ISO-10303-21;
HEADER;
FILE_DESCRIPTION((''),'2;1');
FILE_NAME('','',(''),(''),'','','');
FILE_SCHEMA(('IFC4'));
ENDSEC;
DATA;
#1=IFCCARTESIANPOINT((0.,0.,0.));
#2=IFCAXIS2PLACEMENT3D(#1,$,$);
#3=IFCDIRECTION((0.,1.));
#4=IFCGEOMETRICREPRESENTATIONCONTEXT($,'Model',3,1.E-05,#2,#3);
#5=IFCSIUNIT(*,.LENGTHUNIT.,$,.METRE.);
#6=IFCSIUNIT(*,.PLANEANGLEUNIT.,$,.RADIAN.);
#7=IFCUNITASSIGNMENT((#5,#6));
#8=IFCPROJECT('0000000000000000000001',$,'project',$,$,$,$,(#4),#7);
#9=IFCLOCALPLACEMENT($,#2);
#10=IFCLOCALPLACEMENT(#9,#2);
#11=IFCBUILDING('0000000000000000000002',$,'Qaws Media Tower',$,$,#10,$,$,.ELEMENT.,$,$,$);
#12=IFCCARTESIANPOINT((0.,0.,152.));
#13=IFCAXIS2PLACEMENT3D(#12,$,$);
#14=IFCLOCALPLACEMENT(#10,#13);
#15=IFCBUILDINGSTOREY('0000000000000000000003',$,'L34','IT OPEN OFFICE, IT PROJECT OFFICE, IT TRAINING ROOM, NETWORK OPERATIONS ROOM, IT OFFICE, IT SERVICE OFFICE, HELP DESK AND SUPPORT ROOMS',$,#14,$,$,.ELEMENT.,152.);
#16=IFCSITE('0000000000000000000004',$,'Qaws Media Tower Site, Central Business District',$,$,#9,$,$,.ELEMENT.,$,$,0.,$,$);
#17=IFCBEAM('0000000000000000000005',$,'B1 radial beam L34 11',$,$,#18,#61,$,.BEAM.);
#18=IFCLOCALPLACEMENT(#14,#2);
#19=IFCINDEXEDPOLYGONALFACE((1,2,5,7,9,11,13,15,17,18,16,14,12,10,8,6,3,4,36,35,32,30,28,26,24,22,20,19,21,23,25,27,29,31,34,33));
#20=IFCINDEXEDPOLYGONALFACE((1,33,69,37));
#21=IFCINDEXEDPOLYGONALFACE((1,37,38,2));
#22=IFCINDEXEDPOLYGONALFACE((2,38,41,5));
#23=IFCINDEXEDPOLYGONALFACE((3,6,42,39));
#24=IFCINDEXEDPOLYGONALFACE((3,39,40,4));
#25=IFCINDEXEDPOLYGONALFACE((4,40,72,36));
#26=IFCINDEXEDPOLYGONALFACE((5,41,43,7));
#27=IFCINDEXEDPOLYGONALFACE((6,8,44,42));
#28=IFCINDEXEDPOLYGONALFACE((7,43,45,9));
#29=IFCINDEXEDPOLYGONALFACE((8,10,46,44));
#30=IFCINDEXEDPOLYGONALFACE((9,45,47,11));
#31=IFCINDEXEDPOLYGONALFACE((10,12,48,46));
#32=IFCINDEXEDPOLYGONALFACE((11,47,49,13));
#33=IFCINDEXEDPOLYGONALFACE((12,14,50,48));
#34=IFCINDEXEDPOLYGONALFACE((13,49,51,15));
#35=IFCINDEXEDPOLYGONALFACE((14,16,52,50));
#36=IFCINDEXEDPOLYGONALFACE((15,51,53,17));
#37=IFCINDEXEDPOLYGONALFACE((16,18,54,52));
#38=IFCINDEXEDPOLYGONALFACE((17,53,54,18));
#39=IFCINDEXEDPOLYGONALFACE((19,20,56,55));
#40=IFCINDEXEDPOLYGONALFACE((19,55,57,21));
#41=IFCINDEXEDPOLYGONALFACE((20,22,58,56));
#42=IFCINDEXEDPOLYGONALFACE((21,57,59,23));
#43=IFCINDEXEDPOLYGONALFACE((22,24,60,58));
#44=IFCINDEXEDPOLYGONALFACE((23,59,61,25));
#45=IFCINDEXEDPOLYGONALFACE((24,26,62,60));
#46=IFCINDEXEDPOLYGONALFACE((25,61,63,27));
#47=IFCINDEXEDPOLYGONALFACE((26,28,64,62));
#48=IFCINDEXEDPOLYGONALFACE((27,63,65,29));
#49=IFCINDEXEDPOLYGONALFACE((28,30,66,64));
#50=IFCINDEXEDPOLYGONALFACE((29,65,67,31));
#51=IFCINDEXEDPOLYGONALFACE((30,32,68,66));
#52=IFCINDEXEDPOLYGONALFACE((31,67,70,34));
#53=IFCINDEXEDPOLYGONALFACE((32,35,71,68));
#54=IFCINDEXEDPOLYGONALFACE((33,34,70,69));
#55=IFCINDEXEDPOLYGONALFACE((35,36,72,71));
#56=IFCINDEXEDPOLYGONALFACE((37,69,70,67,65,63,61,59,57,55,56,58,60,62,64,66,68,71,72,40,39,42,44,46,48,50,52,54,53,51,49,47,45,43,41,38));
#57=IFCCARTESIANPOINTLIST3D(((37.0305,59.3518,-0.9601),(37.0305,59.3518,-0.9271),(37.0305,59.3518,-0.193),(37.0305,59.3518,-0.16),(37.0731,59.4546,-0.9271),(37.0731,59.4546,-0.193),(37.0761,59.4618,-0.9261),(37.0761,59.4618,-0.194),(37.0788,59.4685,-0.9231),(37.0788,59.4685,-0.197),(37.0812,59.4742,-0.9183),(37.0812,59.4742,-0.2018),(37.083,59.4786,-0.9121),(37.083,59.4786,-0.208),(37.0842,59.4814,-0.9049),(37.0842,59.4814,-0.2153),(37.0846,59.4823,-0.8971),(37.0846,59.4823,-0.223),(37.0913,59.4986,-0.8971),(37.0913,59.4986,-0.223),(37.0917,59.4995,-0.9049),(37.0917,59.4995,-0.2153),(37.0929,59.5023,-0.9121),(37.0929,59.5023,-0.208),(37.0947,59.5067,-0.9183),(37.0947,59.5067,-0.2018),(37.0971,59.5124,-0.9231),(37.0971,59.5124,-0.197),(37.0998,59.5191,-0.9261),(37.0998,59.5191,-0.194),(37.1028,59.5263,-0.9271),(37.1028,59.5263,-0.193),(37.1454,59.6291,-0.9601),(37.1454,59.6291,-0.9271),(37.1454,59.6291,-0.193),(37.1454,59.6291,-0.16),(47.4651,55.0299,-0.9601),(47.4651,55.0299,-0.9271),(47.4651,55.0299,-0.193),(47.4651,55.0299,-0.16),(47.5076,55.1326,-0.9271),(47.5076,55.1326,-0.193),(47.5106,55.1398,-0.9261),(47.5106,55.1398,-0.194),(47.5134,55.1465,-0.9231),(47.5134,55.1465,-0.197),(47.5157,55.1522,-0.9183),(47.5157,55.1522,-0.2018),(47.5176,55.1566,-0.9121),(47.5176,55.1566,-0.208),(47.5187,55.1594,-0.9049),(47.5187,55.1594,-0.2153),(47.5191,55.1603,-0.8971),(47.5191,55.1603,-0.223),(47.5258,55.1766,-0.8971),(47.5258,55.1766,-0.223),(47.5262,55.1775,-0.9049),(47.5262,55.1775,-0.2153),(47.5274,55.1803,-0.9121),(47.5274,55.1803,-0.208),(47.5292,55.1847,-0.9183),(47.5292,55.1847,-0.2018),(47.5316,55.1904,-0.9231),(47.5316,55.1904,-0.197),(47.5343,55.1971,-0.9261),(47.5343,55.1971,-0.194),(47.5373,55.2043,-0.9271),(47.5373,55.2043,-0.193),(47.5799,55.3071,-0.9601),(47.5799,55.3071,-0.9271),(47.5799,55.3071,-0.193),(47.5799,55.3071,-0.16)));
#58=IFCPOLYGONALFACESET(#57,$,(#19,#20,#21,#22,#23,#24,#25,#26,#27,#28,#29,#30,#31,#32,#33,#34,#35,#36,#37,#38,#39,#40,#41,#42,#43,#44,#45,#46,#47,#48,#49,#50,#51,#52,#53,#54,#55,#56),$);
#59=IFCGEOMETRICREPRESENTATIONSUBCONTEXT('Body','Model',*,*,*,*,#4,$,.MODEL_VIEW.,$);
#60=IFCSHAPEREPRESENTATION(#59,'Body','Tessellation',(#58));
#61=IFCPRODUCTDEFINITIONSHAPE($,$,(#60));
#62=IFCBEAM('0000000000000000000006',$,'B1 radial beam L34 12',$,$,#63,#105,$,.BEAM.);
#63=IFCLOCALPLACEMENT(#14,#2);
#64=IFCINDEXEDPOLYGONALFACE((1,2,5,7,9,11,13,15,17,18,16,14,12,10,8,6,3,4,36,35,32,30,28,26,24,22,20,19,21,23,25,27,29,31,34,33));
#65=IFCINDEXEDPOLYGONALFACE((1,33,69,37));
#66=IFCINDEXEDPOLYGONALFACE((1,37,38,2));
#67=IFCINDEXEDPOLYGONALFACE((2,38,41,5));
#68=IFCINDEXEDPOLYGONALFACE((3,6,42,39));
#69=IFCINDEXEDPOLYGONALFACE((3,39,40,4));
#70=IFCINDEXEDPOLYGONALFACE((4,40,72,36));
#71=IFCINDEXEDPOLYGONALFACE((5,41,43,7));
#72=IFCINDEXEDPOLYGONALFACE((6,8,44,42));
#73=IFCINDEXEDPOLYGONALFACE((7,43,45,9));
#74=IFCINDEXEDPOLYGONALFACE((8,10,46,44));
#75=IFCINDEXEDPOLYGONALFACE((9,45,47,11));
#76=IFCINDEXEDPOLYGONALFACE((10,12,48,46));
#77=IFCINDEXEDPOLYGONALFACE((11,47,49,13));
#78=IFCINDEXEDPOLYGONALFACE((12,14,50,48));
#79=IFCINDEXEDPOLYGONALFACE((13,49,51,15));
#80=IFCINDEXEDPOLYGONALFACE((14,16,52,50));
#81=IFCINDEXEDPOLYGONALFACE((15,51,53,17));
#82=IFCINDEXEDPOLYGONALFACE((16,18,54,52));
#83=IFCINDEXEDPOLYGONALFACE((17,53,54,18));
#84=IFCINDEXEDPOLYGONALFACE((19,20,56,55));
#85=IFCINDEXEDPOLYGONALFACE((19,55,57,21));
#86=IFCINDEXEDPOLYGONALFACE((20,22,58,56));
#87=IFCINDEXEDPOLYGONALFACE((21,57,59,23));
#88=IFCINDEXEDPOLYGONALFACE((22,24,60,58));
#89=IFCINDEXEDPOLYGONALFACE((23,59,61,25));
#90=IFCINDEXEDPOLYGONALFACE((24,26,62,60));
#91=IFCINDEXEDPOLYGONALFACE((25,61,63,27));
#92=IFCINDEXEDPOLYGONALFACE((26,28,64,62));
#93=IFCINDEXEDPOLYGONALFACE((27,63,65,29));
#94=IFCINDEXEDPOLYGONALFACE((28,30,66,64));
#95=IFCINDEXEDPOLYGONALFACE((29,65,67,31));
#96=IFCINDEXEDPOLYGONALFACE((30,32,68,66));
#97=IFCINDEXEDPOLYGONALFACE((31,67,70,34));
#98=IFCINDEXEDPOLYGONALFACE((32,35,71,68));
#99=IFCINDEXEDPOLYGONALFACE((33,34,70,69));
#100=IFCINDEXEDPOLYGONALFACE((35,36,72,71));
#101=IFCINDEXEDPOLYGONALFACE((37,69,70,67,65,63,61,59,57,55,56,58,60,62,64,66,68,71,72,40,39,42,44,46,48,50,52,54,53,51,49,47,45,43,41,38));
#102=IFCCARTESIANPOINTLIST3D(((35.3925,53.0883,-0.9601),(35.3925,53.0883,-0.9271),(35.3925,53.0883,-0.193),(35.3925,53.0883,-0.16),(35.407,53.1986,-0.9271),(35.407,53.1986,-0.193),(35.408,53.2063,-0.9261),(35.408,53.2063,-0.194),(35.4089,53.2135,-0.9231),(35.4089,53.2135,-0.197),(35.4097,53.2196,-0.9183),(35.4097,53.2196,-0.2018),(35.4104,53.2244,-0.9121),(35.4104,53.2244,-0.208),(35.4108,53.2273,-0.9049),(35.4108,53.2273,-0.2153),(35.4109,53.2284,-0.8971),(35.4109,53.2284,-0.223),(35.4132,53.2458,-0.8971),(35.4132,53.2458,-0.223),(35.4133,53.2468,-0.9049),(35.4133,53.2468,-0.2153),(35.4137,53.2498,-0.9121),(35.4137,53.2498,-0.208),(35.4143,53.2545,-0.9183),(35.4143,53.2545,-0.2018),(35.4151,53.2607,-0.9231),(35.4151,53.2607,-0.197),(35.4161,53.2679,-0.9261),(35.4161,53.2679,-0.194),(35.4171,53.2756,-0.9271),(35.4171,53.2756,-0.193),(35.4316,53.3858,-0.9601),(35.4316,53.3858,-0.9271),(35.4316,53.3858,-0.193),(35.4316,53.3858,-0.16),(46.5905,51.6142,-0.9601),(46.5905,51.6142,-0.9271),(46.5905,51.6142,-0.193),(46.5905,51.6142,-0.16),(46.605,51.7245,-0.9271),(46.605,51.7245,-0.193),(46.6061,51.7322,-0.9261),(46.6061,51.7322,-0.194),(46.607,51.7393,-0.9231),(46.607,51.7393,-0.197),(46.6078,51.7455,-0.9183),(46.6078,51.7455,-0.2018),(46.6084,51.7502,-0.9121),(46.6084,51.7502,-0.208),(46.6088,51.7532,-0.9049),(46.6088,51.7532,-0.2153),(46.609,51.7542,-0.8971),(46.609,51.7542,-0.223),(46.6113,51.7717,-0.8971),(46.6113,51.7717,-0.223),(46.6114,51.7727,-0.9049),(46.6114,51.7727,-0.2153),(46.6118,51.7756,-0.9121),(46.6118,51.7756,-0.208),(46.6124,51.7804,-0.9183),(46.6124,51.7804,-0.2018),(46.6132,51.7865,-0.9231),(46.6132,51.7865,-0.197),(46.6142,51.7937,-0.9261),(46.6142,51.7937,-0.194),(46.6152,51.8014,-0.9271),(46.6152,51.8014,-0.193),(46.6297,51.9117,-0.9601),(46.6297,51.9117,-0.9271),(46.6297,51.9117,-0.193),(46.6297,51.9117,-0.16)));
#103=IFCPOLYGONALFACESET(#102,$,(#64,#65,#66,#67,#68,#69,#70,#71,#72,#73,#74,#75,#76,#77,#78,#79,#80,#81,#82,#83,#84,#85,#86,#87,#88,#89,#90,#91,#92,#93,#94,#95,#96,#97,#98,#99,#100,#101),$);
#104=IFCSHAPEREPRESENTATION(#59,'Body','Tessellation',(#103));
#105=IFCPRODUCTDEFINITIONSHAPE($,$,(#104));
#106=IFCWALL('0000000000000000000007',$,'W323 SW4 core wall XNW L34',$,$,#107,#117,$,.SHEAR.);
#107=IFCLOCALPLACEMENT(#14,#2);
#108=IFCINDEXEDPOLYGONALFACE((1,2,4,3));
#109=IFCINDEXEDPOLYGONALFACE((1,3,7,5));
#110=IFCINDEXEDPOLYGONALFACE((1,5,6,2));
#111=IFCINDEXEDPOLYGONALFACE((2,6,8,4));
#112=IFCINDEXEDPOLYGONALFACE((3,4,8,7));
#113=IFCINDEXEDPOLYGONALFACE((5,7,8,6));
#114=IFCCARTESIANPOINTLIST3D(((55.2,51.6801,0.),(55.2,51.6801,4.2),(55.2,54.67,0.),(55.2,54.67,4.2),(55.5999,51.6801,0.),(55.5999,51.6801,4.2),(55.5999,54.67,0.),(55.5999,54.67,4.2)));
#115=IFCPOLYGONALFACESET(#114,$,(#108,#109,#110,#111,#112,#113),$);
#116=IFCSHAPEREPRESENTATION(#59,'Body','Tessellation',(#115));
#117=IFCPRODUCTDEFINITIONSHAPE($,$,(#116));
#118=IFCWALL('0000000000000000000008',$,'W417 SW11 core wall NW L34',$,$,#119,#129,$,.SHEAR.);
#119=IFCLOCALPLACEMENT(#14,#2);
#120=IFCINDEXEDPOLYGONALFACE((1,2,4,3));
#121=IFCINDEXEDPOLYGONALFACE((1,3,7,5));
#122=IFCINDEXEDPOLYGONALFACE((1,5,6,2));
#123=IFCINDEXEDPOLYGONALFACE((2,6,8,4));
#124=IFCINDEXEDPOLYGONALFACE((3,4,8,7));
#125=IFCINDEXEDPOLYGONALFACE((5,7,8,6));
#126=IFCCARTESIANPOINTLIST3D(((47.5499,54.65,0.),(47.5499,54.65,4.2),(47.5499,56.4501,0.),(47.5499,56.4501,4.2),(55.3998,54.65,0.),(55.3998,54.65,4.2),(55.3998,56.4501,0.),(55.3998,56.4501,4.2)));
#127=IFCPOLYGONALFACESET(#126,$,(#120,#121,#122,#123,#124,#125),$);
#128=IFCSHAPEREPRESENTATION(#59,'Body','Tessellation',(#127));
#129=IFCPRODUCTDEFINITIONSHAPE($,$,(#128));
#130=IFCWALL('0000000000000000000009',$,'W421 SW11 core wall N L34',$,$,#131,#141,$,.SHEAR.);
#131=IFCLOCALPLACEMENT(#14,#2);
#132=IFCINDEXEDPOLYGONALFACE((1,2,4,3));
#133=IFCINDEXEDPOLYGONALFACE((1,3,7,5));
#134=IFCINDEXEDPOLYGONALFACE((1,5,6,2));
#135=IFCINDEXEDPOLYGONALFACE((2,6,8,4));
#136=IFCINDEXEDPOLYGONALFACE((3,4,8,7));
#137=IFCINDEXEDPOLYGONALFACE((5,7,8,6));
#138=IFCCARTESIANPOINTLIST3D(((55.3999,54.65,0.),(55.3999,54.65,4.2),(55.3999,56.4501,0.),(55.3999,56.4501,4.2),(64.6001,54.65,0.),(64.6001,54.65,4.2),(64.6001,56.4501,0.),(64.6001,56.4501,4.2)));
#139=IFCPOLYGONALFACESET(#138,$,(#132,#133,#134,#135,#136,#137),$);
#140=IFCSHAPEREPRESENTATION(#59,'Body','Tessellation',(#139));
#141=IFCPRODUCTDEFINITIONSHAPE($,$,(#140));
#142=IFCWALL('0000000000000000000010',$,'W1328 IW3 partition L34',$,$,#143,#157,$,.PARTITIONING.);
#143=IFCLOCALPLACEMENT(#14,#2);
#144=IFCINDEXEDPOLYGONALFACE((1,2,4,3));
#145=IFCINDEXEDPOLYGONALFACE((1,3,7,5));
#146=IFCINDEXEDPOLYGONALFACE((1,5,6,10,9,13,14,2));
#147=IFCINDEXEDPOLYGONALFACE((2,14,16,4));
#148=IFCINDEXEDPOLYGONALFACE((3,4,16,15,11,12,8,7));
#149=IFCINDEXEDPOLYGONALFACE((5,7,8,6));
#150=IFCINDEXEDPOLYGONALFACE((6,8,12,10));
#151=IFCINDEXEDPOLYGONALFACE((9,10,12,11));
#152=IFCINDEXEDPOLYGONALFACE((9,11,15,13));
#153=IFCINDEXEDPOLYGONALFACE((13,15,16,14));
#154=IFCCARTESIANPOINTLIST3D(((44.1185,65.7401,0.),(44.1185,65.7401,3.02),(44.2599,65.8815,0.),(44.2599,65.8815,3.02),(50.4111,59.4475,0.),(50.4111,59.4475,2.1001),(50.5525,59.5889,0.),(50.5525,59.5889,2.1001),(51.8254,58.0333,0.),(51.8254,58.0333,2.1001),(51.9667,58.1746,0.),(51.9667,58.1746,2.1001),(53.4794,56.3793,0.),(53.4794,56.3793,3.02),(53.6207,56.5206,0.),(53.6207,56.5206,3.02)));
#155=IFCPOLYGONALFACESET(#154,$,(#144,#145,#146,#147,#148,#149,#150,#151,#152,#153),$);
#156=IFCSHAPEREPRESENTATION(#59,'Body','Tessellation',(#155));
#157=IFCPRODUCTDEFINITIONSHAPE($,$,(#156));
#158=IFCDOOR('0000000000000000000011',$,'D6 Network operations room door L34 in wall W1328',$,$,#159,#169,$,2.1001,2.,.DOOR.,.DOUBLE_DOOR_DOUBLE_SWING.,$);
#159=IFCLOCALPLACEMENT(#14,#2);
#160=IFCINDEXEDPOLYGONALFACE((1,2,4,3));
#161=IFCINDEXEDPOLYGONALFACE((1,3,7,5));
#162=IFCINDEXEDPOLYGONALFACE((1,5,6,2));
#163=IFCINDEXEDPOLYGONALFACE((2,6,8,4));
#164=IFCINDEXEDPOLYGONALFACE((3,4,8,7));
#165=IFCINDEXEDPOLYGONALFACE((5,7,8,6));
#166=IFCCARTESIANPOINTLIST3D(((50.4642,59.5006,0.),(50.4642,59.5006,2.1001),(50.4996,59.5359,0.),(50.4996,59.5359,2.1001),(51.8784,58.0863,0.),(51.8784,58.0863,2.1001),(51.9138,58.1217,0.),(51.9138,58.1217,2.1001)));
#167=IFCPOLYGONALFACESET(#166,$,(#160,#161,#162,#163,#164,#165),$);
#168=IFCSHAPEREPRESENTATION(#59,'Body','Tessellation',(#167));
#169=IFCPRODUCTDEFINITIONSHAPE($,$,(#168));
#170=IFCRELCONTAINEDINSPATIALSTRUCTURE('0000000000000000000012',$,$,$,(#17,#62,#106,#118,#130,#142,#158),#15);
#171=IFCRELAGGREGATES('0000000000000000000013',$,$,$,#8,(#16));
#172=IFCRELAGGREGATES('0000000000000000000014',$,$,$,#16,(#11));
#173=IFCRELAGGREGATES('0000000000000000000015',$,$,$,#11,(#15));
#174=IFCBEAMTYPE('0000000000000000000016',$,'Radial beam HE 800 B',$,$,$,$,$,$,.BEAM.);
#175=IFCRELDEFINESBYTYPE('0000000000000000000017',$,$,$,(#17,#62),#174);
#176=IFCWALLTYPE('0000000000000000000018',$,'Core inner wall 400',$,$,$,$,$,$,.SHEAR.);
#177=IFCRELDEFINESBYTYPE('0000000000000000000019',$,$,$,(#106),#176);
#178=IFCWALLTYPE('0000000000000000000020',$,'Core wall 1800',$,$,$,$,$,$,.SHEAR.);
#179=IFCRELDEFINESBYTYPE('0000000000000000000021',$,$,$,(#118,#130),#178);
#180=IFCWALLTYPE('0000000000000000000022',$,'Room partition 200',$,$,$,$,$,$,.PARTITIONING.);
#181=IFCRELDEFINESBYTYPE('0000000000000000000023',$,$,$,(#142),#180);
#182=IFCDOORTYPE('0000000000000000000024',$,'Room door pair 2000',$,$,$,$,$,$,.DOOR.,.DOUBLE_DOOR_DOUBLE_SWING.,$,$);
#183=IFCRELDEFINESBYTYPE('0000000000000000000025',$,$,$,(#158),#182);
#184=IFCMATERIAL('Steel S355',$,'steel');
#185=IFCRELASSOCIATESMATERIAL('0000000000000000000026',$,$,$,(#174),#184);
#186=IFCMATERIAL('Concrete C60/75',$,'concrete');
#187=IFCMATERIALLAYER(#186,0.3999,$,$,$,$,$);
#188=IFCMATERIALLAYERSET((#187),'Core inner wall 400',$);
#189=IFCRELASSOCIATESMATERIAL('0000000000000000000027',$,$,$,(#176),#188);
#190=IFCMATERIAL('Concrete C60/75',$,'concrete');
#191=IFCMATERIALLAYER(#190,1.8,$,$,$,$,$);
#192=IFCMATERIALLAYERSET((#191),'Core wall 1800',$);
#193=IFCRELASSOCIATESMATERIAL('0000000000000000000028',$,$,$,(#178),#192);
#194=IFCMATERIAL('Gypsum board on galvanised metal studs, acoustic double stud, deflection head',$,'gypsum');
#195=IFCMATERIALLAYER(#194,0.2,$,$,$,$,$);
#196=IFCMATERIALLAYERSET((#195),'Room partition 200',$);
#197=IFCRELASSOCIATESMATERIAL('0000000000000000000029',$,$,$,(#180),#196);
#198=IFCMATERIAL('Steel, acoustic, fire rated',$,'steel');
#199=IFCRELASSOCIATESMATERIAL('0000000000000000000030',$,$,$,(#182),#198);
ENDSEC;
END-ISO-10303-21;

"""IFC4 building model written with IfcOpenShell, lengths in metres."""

from ifc_helpers import new_model, si_unit, direction, frame, frame_2d, origin, origin_2d, place, context, subcontext, project, spatial, rectangle, i_section, extrude, material, layer, layer_set, material_profile, profile_set, type_object, element, fill, save


model = new_model("IFC4")

# Units and contexts
model_context = context("Model", 3, precision=1e-05, world=origin(), true_north=direction((0.0, 1.0)))
body_context = subcontext(model_context, "Body", "Model", "MODEL_VIEW")
ifc_project = project(units=[si_unit("LENGTHUNIT", "METRE"), si_unit("PLANEANGLEUNIT", "RADIAN")], contexts=[model_context])

# Site, building, storey
site_placement = place(None, origin())
site = spatial("IfcSite", under=ifc_project, at=site_placement, Name="Qaws Media Tower Site, Central Business District", CompositionType="ELEMENT", RefElevation=0.0)
building_placement = place(site_placement, origin())
building = spatial("IfcBuilding", under=site, at=building_placement, Name="Qaws Media Tower", CompositionType="ELEMENT")
storey_placement = place(building_placement, frame((0.0, 0.0, 152.0)))
storey = spatial("IfcBuildingStorey", under=building, at=storey_placement, Name="L34", Description="IT OPEN OFFICE, IT PROJECT OFFICE, IT TRAINING ROOM, NETWORK OPERATIONS ROOM, IT OFFICE, IT SERVICE OFFICE, HELP DESK AND SUPPORT ROOMS", CompositionType="ELEMENT", Elevation=152.0)

# Beams
ifc_material_1 = material(Name="Steel S355", Category="steel")
ifc_material_profile_1 = material_profile(ifc_material_1, i_section(OverallWidth=0.3, OverallDepth=0.8, WebThickness=0.0176, FlangeThickness=0.033, FilletRadius=0.03, at=origin_2d()), Name="HE 800 B")
ifc_profile_set_1 = profile_set([ifc_material_profile_1], Name="Steel S355")
beam_type_1 = type_object("IfcBeamType", Name="Radial beam HE 800 B", PredefinedType="BEAM", material=ifc_profile_set_1)
beam_1_placement = place(storey_placement, frame((47.5225, 55.1685, -0.5601), z_axis=(-0.923883, 0.382674, 0.0), x_axis=(-0.382674, -0.923883, 0.0)))
element("IfcBeam", 1, at=beam_1_placement, inside=storey, type_object=beam_type_1, Name="B1 radial beam L34 11", PredefinedType="BEAM", context=body_context, shape_type="SweptSolid", body=[
    extrude(i_section(OverallWidth=0.3, OverallDepth=0.8, WebThickness=0.0176, FlangeThickness=0.033, FilletRadius=0.03, at=origin_2d()), origin(), (0.0, 0.0, 1.0), 11.2942),
])
beam_2_placement = place(storey_placement, frame((46.6101, 51.7629, -0.5601), z_axis=(-0.991446, 0.130515, 0.0), x_axis=(-0.130515, -0.991446, 0.0)))
element("IfcBeam", 2, at=beam_2_placement, inside=storey, type_object=beam_type_1, Name="B1 radial beam L34 12", PredefinedType="BEAM", context=body_context, shape_type="SweptSolid", body=[
    extrude(i_section(OverallWidth=0.3, OverallDepth=0.8, WebThickness=0.0176, FlangeThickness=0.033, FilletRadius=0.03, at=origin_2d()), origin(), (0.0, 0.0, 1.0), 11.2947),
])

# Walls
ifc_material_2 = material(Name="Concrete C60/75", Category="concrete")
ifc_layer_1 = layer(ifc_material_2, 0.3999)
ifc_layer_set_1 = layer_set([ifc_layer_1], Name="Core inner wall 400")
wall_type_1 = type_object("IfcWallType", Name="Core inner wall 400", PredefinedType="SHEAR", material=ifc_layer_set_1)
wall_1_placement = place(storey_placement, frame((55.3999, 51.6799, 0.0), z_axis=(0.0, 0.0, 1.0), x_axis=(0.0, 1.0, 0.0)))
element("IfcWall", 3, at=wall_1_placement, inside=storey, type_object=wall_type_1, Name="W323 SW4 core wall XNW L34", PredefinedType="SHEAR", context=body_context, shape_type="SweptSolid", body=[
    extrude(rectangle(XDim=2.99, YDim=0.3999, at=frame_2d((1.4951, 0.0))), origin(), (0.0, 0.0, 1.0), 4.2),
])
ifc_material_3 = material(Name="Concrete C60/75", Category="concrete")
ifc_layer_2 = layer(ifc_material_3, 1.8)
ifc_layer_set_2 = layer_set([ifc_layer_2], Name="Core wall 1800")
wall_type_2 = type_object("IfcWallType", Name="Core wall 1800", PredefinedType="SHEAR", material=ifc_layer_set_2)
wall_2_placement = place(storey_placement, frame((47.55, 55.55, 0.0), z_axis=(0.0, 0.0, 1.0), x_axis=(1.0, 0.0, 0.0)))
element("IfcWall", 4, at=wall_2_placement, inside=storey, type_object=wall_type_2, Name="W417 SW11 core wall NW L34", PredefinedType="SHEAR", context=body_context, shape_type="SweptSolid", body=[
    extrude(rectangle(XDim=7.8499, YDim=1.8, at=frame_2d((3.9248, 0.0))), origin(), (0.0, 0.0, 1.0), 4.2),
])
wall_3_placement = place(storey_placement, frame((55.3999, 55.55, 0.0), z_axis=(0.0, 0.0, 1.0), x_axis=(1.0, 0.0, 0.0)))
element("IfcWall", 5, at=wall_3_placement, inside=storey, type_object=wall_type_2, Name="W421 SW11 core wall N L34", PredefinedType="SHEAR", context=body_context, shape_type="SweptSolid", body=[
    extrude(rectangle(XDim=9.2002, YDim=1.8, at=frame_2d((4.6001, 0.0))), origin(), (0.0, 0.0, 1.0), 4.2),
])

# Wall, opening, door
ifc_material_4 = material(Name="Gypsum board on galvanised metal studs, acoustic double stud, deflection head", Category="gypsum")
ifc_layer_3 = layer(ifc_material_4, 0.2)
ifc_layer_set_3 = layer_set([ifc_layer_3], Name="Room partition 200")
wall_type_3 = type_object("IfcWallType", Name="Room partition 200", PredefinedType="PARTITIONING", material=ifc_layer_set_3)
wall_4_placement = place(storey_placement, frame((53.55, 56.45, 0.0), z_axis=(0.0, 0.0, 1.0), x_axis=(-0.707107, 0.707107, 0.0)))
wall_4 = element("IfcWall", 6, at=wall_4_placement, inside=storey, type_object=wall_type_3, Name="W1328 IW3 partition L34", PredefinedType="PARTITIONING", context=body_context, shape_type="SweptSolid", body=[
    extrude(rectangle(XDim=13.2383, YDim=0.2, at=frame_2d((6.6191, 0.0))), origin(), (0.0, 0.0, 1.0), 3.02),
])
opening_placement = place(wall_4_placement, frame((2.3391, 0.0, 0.0)))
opening = element("IfcOpeningElement", 7, at=opening_placement, cuts=wall_4, PredefinedType="OPENING", context=body_context, shape_type="SweptSolid", body=[
    extrude(rectangle(XDim=2.0, YDim=2.1001, at=frame_2d((1.0, 1.05))), frame((0.0, 0.1099, 0.0), z_axis=(0.0, -1.0, 0.0), x_axis=(1.0, 0.0, 0.0)), (0.0, 0.0, 1.0), 0.22),
])
ifc_material_5 = material(Name="Steel, acoustic, fire rated", Category="steel")
door_type = type_object("IfcDoorType", Name="Room door pair 2000", OperationType="DOUBLE_DOOR_DOUBLE_SWING", PredefinedType="DOOR", material=ifc_material_5)
door_placement = place(opening_placement, origin())
door = element("IfcDoor", 8, at=door_placement, inside=storey, type_object=door_type, Name="D6 Network operations room door L34 in wall W1328", OperationType="DOUBLE_DOOR_DOUBLE_SWING", OverallHeight=2.1001, OverallWidth=2.0, PredefinedType="DOOR", context=body_context, shape_type="SweptSolid", body=[
    extrude(rectangle(XDim=2.0, YDim=2.1001, at=frame_2d((1.0, 1.05))), frame((0.0, 0.0249, 0.0), z_axis=(0.0, -1.0, 0.0), x_axis=(1.0, 0.0, 0.0)), (0.0, 0.0, 1.0), 0.05),
])
fill(opening, door)

save(model, "model.ifc")
